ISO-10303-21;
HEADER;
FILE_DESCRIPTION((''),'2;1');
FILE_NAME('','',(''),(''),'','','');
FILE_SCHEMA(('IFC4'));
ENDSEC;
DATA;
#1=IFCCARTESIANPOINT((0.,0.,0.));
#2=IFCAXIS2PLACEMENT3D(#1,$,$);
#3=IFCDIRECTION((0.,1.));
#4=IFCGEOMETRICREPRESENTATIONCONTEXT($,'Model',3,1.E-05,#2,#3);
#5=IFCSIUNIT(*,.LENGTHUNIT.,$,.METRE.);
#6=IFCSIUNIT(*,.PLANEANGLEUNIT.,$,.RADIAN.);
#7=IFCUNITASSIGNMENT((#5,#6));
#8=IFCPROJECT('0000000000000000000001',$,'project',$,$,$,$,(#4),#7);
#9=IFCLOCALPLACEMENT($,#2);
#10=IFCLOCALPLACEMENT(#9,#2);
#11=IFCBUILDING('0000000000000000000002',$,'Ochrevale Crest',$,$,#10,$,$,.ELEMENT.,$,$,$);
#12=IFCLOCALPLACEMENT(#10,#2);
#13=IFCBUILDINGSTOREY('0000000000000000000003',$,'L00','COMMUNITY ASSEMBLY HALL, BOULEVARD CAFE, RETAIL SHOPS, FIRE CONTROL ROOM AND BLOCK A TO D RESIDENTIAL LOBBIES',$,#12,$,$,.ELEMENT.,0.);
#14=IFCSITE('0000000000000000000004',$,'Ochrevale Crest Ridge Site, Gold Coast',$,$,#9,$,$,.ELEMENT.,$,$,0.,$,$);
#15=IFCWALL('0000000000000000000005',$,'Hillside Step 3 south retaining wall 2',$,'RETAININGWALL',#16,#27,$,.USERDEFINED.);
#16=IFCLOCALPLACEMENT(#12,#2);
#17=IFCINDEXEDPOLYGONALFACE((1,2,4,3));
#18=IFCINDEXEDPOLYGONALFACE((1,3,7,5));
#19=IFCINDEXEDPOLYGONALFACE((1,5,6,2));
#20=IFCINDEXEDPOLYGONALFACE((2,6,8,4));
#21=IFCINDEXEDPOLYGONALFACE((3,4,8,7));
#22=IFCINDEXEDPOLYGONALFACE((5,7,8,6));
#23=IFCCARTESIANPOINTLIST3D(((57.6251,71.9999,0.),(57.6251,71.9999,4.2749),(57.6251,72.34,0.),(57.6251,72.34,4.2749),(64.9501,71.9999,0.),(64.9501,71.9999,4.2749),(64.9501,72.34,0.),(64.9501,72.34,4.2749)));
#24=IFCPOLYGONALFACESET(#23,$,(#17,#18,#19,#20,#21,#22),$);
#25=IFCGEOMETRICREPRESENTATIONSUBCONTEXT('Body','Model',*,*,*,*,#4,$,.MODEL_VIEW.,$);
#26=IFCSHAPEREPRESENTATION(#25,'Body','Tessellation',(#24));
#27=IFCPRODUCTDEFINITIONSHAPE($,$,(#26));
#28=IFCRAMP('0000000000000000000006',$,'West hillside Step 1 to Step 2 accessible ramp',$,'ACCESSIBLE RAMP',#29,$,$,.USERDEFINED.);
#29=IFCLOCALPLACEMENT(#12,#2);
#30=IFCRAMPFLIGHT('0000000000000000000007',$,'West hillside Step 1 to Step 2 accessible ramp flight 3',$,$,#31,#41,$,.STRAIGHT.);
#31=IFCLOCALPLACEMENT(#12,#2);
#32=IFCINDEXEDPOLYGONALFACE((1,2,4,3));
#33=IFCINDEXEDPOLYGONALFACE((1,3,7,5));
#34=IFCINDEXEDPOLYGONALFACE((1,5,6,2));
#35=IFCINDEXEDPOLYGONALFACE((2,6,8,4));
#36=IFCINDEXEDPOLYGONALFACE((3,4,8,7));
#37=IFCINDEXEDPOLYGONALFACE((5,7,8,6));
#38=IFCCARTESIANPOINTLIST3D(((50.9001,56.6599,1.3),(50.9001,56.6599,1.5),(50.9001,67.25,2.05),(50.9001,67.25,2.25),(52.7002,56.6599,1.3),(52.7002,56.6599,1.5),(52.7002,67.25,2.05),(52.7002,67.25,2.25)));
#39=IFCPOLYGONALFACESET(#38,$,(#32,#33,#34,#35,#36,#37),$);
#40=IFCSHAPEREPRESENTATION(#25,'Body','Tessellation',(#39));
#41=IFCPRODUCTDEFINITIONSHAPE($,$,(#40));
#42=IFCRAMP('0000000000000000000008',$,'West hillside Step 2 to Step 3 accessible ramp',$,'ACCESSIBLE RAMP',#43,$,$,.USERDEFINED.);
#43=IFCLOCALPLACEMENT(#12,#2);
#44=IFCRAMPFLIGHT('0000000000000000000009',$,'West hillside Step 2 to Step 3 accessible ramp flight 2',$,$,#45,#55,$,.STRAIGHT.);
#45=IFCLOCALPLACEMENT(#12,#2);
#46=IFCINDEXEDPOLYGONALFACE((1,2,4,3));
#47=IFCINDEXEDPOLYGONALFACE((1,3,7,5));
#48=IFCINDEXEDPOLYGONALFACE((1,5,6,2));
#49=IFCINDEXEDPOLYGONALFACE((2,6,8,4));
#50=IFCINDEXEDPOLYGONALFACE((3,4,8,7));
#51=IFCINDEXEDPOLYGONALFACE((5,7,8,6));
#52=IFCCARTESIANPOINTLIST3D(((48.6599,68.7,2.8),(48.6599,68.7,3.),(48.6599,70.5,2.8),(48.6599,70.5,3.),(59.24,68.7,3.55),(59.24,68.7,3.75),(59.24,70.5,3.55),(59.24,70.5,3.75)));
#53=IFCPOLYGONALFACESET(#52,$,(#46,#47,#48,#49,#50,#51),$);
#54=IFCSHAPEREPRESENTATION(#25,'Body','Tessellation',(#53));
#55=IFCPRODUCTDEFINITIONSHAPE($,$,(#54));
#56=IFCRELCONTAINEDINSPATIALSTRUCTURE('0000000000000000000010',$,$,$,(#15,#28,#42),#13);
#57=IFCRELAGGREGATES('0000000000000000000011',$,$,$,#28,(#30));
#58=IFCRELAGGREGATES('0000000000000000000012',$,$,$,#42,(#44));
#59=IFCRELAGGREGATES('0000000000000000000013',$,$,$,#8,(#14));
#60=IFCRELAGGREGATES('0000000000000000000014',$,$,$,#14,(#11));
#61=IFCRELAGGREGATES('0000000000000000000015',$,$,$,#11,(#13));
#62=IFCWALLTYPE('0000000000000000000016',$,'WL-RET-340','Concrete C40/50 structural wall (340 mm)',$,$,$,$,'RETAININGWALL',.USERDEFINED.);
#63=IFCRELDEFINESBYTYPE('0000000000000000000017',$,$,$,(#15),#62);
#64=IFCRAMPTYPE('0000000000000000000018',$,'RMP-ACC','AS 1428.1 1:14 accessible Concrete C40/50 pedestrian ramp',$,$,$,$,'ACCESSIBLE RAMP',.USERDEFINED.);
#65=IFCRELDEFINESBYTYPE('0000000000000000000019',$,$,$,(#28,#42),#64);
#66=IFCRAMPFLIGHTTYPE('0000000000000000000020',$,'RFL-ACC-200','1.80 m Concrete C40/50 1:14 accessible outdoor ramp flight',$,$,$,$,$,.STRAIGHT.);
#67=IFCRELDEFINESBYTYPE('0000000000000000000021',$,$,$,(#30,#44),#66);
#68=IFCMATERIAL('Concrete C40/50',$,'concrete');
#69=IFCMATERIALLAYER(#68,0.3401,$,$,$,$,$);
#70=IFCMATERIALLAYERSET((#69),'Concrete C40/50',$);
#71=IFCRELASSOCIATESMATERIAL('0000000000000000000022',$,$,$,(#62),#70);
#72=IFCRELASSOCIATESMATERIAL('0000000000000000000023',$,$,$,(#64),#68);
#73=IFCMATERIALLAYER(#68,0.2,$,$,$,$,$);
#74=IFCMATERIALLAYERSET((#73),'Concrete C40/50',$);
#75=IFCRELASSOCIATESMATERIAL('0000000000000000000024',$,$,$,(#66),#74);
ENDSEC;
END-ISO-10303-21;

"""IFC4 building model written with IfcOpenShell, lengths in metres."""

from ifc_helpers import new_model, si_unit, direction, frame, frame_2d, origin, place, context, subcontext, project, spatial, polyline, rectangle, outline, extrude, material, layer, layer_set, type_object, element, aggregate, save


model = new_model("IFC4")

# Units and contexts
model_context = context("Model", 3, precision=1e-05, world=origin(), true_north=direction((0.0, 1.0)))
body_context = subcontext(model_context, "Body", "Model", "MODEL_VIEW")
ifc_project = project(units=[si_unit("LENGTHUNIT", "METRE"), si_unit("PLANEANGLEUNIT", "RADIAN")], contexts=[model_context])

# Site, building, storey
site_placement = place(None, origin())
site = spatial("IfcSite", under=ifc_project, at=site_placement, Name="Ochrevale Crest Ridge Site, Gold Coast", CompositionType="ELEMENT", RefElevation=0.0)
building_placement = place(site_placement, origin())
building = spatial("IfcBuilding", under=site, at=building_placement, Name="Ochrevale Crest", CompositionType="ELEMENT")
storey_placement = place(building_placement, origin())
storey = spatial("IfcBuildingStorey", under=building, at=storey_placement, Name="L00", Description="COMMUNITY ASSEMBLY HALL, BOULEVARD CAFE, RETAIL SHOPS, FIRE CONTROL ROOM AND BLOCK A TO D RESIDENTIAL LOBBIES", CompositionType="ELEMENT", Elevation=0.0)

# Wall
ifc_material_1 = material(Name="Concrete C40/50", Category="concrete")
ifc_layer_1 = layer(ifc_material_1, 0.3401)
ifc_layer_set_1 = layer_set([ifc_layer_1], Name="Concrete C40/50")
wall_type_1 = type_object("IfcWallType", Name="WL-RET-340", Description="Concrete C40/50 structural wall (340 mm)", ElementType="RETAININGWALL", PredefinedType="USERDEFINED", material=ifc_layer_set_1)
wall_1_placement = place(storey_placement, frame((57.625, 72.1699, 0.0), z_axis=(0.0, 0.0, 1.0), x_axis=(1.0, 0.0, 0.0)))
element("IfcWall", 1, at=wall_1_placement, inside=storey, type_object=wall_type_1, Name="Hillside Step 3 south retaining wall 2", ObjectType="RETAININGWALL", PredefinedType="USERDEFINED", context=body_context, shape_type="SweptSolid", body=[
    extrude(rectangle(XDim=7.325, YDim=0.3401, at=frame_2d((3.6626, 0.0))), origin(), (0.0, 0.0, 1.0), 4.2749),
])

# Ramps, ramp flights
ramp_type = type_object("IfcRampType", Name="RMP-ACC", Description="AS 1428.1 1:14 accessible Concrete C40/50 pedestrian ramp", ElementType="ACCESSIBLE RAMP", PredefinedType="USERDEFINED", material=ifc_material_1)
ramp_1_placement = place(storey_placement, origin())
ramp_1 = element("IfcRamp", 2, at=ramp_1_placement, inside=storey, type_object=ramp_type, Name="West hillside Step 1 to Step 2 accessible ramp", ObjectType="ACCESSIBLE RAMP", PredefinedType="USERDEFINED")
ifc_layer_2 = layer(ifc_material_1, 0.2)
ifc_layer_set_2 = layer_set([ifc_layer_2], Name="Concrete C40/50")
ramp_flight_type = type_object("IfcRampFlightType", Name="RFL-ACC-200", Description="1.80 m Concrete C40/50 1:14 accessible outdoor ramp flight", PredefinedType="STRAIGHT", material=ifc_layer_set_2)
ramp_flight_1_placement = place(storey_placement, frame((51.8, 56.6599, 1.5), z_axis=(0.0, 0.0, 1.0), x_axis=(0.0, 1.0, 0.0)))
ramp_flight_1 = element("IfcRampFlight", 3, at=ramp_flight_1_placement, type_object=ramp_flight_type, Name="West hillside Step 1 to Step 2 accessible ramp flight 3", PredefinedType="STRAIGHT", context=body_context, shape_type="SweptSolid", body=[
    extrude(outline(polyline([(0.0, -0.2), (10.5901, 0.55), (10.5901, 0.75), (0.0, 0.0), (0.0, -0.2)])), frame((0.0, 0.8999, 0.0), z_axis=(0.0, -1.0, 0.0), x_axis=(1.0, 0.0, 0.0)), (0.0, 0.0, 1.0), 1.8),
])
aggregate(ramp_1, [ramp_flight_1])
ramp_2_placement = place(storey_placement, origin())
ramp_2 = element("IfcRamp", 4, at=ramp_2_placement, inside=storey, type_object=ramp_type, Name="West hillside Step 2 to Step 3 accessible ramp", ObjectType="ACCESSIBLE RAMP", PredefinedType="USERDEFINED")
ramp_flight_2_placement = place(storey_placement, frame((48.6599, 69.6001, 3.0), z_axis=(0.0, 0.0, 1.0), x_axis=(1.0, 0.0, 0.0)))
ramp_flight_2 = element("IfcRampFlight", 5, at=ramp_flight_2_placement, type_object=ramp_flight_type, Name="West hillside Step 2 to Step 3 accessible ramp flight 2", PredefinedType="STRAIGHT", context=body_context, shape_type="SweptSolid", body=[
    extrude(outline(polyline([(0.0, -0.2), (10.5801, 0.55), (10.5801, 0.75), (0.0, 0.0), (0.0, -0.2)])), frame((0.0, 0.8999, 0.0), z_axis=(0.0, -1.0, 0.0), x_axis=(1.0, 0.0, 0.0)), (0.0, 0.0, 1.0), 1.8),
])
aggregate(ramp_2, [ramp_flight_2])

save(model, "model.ifc")
